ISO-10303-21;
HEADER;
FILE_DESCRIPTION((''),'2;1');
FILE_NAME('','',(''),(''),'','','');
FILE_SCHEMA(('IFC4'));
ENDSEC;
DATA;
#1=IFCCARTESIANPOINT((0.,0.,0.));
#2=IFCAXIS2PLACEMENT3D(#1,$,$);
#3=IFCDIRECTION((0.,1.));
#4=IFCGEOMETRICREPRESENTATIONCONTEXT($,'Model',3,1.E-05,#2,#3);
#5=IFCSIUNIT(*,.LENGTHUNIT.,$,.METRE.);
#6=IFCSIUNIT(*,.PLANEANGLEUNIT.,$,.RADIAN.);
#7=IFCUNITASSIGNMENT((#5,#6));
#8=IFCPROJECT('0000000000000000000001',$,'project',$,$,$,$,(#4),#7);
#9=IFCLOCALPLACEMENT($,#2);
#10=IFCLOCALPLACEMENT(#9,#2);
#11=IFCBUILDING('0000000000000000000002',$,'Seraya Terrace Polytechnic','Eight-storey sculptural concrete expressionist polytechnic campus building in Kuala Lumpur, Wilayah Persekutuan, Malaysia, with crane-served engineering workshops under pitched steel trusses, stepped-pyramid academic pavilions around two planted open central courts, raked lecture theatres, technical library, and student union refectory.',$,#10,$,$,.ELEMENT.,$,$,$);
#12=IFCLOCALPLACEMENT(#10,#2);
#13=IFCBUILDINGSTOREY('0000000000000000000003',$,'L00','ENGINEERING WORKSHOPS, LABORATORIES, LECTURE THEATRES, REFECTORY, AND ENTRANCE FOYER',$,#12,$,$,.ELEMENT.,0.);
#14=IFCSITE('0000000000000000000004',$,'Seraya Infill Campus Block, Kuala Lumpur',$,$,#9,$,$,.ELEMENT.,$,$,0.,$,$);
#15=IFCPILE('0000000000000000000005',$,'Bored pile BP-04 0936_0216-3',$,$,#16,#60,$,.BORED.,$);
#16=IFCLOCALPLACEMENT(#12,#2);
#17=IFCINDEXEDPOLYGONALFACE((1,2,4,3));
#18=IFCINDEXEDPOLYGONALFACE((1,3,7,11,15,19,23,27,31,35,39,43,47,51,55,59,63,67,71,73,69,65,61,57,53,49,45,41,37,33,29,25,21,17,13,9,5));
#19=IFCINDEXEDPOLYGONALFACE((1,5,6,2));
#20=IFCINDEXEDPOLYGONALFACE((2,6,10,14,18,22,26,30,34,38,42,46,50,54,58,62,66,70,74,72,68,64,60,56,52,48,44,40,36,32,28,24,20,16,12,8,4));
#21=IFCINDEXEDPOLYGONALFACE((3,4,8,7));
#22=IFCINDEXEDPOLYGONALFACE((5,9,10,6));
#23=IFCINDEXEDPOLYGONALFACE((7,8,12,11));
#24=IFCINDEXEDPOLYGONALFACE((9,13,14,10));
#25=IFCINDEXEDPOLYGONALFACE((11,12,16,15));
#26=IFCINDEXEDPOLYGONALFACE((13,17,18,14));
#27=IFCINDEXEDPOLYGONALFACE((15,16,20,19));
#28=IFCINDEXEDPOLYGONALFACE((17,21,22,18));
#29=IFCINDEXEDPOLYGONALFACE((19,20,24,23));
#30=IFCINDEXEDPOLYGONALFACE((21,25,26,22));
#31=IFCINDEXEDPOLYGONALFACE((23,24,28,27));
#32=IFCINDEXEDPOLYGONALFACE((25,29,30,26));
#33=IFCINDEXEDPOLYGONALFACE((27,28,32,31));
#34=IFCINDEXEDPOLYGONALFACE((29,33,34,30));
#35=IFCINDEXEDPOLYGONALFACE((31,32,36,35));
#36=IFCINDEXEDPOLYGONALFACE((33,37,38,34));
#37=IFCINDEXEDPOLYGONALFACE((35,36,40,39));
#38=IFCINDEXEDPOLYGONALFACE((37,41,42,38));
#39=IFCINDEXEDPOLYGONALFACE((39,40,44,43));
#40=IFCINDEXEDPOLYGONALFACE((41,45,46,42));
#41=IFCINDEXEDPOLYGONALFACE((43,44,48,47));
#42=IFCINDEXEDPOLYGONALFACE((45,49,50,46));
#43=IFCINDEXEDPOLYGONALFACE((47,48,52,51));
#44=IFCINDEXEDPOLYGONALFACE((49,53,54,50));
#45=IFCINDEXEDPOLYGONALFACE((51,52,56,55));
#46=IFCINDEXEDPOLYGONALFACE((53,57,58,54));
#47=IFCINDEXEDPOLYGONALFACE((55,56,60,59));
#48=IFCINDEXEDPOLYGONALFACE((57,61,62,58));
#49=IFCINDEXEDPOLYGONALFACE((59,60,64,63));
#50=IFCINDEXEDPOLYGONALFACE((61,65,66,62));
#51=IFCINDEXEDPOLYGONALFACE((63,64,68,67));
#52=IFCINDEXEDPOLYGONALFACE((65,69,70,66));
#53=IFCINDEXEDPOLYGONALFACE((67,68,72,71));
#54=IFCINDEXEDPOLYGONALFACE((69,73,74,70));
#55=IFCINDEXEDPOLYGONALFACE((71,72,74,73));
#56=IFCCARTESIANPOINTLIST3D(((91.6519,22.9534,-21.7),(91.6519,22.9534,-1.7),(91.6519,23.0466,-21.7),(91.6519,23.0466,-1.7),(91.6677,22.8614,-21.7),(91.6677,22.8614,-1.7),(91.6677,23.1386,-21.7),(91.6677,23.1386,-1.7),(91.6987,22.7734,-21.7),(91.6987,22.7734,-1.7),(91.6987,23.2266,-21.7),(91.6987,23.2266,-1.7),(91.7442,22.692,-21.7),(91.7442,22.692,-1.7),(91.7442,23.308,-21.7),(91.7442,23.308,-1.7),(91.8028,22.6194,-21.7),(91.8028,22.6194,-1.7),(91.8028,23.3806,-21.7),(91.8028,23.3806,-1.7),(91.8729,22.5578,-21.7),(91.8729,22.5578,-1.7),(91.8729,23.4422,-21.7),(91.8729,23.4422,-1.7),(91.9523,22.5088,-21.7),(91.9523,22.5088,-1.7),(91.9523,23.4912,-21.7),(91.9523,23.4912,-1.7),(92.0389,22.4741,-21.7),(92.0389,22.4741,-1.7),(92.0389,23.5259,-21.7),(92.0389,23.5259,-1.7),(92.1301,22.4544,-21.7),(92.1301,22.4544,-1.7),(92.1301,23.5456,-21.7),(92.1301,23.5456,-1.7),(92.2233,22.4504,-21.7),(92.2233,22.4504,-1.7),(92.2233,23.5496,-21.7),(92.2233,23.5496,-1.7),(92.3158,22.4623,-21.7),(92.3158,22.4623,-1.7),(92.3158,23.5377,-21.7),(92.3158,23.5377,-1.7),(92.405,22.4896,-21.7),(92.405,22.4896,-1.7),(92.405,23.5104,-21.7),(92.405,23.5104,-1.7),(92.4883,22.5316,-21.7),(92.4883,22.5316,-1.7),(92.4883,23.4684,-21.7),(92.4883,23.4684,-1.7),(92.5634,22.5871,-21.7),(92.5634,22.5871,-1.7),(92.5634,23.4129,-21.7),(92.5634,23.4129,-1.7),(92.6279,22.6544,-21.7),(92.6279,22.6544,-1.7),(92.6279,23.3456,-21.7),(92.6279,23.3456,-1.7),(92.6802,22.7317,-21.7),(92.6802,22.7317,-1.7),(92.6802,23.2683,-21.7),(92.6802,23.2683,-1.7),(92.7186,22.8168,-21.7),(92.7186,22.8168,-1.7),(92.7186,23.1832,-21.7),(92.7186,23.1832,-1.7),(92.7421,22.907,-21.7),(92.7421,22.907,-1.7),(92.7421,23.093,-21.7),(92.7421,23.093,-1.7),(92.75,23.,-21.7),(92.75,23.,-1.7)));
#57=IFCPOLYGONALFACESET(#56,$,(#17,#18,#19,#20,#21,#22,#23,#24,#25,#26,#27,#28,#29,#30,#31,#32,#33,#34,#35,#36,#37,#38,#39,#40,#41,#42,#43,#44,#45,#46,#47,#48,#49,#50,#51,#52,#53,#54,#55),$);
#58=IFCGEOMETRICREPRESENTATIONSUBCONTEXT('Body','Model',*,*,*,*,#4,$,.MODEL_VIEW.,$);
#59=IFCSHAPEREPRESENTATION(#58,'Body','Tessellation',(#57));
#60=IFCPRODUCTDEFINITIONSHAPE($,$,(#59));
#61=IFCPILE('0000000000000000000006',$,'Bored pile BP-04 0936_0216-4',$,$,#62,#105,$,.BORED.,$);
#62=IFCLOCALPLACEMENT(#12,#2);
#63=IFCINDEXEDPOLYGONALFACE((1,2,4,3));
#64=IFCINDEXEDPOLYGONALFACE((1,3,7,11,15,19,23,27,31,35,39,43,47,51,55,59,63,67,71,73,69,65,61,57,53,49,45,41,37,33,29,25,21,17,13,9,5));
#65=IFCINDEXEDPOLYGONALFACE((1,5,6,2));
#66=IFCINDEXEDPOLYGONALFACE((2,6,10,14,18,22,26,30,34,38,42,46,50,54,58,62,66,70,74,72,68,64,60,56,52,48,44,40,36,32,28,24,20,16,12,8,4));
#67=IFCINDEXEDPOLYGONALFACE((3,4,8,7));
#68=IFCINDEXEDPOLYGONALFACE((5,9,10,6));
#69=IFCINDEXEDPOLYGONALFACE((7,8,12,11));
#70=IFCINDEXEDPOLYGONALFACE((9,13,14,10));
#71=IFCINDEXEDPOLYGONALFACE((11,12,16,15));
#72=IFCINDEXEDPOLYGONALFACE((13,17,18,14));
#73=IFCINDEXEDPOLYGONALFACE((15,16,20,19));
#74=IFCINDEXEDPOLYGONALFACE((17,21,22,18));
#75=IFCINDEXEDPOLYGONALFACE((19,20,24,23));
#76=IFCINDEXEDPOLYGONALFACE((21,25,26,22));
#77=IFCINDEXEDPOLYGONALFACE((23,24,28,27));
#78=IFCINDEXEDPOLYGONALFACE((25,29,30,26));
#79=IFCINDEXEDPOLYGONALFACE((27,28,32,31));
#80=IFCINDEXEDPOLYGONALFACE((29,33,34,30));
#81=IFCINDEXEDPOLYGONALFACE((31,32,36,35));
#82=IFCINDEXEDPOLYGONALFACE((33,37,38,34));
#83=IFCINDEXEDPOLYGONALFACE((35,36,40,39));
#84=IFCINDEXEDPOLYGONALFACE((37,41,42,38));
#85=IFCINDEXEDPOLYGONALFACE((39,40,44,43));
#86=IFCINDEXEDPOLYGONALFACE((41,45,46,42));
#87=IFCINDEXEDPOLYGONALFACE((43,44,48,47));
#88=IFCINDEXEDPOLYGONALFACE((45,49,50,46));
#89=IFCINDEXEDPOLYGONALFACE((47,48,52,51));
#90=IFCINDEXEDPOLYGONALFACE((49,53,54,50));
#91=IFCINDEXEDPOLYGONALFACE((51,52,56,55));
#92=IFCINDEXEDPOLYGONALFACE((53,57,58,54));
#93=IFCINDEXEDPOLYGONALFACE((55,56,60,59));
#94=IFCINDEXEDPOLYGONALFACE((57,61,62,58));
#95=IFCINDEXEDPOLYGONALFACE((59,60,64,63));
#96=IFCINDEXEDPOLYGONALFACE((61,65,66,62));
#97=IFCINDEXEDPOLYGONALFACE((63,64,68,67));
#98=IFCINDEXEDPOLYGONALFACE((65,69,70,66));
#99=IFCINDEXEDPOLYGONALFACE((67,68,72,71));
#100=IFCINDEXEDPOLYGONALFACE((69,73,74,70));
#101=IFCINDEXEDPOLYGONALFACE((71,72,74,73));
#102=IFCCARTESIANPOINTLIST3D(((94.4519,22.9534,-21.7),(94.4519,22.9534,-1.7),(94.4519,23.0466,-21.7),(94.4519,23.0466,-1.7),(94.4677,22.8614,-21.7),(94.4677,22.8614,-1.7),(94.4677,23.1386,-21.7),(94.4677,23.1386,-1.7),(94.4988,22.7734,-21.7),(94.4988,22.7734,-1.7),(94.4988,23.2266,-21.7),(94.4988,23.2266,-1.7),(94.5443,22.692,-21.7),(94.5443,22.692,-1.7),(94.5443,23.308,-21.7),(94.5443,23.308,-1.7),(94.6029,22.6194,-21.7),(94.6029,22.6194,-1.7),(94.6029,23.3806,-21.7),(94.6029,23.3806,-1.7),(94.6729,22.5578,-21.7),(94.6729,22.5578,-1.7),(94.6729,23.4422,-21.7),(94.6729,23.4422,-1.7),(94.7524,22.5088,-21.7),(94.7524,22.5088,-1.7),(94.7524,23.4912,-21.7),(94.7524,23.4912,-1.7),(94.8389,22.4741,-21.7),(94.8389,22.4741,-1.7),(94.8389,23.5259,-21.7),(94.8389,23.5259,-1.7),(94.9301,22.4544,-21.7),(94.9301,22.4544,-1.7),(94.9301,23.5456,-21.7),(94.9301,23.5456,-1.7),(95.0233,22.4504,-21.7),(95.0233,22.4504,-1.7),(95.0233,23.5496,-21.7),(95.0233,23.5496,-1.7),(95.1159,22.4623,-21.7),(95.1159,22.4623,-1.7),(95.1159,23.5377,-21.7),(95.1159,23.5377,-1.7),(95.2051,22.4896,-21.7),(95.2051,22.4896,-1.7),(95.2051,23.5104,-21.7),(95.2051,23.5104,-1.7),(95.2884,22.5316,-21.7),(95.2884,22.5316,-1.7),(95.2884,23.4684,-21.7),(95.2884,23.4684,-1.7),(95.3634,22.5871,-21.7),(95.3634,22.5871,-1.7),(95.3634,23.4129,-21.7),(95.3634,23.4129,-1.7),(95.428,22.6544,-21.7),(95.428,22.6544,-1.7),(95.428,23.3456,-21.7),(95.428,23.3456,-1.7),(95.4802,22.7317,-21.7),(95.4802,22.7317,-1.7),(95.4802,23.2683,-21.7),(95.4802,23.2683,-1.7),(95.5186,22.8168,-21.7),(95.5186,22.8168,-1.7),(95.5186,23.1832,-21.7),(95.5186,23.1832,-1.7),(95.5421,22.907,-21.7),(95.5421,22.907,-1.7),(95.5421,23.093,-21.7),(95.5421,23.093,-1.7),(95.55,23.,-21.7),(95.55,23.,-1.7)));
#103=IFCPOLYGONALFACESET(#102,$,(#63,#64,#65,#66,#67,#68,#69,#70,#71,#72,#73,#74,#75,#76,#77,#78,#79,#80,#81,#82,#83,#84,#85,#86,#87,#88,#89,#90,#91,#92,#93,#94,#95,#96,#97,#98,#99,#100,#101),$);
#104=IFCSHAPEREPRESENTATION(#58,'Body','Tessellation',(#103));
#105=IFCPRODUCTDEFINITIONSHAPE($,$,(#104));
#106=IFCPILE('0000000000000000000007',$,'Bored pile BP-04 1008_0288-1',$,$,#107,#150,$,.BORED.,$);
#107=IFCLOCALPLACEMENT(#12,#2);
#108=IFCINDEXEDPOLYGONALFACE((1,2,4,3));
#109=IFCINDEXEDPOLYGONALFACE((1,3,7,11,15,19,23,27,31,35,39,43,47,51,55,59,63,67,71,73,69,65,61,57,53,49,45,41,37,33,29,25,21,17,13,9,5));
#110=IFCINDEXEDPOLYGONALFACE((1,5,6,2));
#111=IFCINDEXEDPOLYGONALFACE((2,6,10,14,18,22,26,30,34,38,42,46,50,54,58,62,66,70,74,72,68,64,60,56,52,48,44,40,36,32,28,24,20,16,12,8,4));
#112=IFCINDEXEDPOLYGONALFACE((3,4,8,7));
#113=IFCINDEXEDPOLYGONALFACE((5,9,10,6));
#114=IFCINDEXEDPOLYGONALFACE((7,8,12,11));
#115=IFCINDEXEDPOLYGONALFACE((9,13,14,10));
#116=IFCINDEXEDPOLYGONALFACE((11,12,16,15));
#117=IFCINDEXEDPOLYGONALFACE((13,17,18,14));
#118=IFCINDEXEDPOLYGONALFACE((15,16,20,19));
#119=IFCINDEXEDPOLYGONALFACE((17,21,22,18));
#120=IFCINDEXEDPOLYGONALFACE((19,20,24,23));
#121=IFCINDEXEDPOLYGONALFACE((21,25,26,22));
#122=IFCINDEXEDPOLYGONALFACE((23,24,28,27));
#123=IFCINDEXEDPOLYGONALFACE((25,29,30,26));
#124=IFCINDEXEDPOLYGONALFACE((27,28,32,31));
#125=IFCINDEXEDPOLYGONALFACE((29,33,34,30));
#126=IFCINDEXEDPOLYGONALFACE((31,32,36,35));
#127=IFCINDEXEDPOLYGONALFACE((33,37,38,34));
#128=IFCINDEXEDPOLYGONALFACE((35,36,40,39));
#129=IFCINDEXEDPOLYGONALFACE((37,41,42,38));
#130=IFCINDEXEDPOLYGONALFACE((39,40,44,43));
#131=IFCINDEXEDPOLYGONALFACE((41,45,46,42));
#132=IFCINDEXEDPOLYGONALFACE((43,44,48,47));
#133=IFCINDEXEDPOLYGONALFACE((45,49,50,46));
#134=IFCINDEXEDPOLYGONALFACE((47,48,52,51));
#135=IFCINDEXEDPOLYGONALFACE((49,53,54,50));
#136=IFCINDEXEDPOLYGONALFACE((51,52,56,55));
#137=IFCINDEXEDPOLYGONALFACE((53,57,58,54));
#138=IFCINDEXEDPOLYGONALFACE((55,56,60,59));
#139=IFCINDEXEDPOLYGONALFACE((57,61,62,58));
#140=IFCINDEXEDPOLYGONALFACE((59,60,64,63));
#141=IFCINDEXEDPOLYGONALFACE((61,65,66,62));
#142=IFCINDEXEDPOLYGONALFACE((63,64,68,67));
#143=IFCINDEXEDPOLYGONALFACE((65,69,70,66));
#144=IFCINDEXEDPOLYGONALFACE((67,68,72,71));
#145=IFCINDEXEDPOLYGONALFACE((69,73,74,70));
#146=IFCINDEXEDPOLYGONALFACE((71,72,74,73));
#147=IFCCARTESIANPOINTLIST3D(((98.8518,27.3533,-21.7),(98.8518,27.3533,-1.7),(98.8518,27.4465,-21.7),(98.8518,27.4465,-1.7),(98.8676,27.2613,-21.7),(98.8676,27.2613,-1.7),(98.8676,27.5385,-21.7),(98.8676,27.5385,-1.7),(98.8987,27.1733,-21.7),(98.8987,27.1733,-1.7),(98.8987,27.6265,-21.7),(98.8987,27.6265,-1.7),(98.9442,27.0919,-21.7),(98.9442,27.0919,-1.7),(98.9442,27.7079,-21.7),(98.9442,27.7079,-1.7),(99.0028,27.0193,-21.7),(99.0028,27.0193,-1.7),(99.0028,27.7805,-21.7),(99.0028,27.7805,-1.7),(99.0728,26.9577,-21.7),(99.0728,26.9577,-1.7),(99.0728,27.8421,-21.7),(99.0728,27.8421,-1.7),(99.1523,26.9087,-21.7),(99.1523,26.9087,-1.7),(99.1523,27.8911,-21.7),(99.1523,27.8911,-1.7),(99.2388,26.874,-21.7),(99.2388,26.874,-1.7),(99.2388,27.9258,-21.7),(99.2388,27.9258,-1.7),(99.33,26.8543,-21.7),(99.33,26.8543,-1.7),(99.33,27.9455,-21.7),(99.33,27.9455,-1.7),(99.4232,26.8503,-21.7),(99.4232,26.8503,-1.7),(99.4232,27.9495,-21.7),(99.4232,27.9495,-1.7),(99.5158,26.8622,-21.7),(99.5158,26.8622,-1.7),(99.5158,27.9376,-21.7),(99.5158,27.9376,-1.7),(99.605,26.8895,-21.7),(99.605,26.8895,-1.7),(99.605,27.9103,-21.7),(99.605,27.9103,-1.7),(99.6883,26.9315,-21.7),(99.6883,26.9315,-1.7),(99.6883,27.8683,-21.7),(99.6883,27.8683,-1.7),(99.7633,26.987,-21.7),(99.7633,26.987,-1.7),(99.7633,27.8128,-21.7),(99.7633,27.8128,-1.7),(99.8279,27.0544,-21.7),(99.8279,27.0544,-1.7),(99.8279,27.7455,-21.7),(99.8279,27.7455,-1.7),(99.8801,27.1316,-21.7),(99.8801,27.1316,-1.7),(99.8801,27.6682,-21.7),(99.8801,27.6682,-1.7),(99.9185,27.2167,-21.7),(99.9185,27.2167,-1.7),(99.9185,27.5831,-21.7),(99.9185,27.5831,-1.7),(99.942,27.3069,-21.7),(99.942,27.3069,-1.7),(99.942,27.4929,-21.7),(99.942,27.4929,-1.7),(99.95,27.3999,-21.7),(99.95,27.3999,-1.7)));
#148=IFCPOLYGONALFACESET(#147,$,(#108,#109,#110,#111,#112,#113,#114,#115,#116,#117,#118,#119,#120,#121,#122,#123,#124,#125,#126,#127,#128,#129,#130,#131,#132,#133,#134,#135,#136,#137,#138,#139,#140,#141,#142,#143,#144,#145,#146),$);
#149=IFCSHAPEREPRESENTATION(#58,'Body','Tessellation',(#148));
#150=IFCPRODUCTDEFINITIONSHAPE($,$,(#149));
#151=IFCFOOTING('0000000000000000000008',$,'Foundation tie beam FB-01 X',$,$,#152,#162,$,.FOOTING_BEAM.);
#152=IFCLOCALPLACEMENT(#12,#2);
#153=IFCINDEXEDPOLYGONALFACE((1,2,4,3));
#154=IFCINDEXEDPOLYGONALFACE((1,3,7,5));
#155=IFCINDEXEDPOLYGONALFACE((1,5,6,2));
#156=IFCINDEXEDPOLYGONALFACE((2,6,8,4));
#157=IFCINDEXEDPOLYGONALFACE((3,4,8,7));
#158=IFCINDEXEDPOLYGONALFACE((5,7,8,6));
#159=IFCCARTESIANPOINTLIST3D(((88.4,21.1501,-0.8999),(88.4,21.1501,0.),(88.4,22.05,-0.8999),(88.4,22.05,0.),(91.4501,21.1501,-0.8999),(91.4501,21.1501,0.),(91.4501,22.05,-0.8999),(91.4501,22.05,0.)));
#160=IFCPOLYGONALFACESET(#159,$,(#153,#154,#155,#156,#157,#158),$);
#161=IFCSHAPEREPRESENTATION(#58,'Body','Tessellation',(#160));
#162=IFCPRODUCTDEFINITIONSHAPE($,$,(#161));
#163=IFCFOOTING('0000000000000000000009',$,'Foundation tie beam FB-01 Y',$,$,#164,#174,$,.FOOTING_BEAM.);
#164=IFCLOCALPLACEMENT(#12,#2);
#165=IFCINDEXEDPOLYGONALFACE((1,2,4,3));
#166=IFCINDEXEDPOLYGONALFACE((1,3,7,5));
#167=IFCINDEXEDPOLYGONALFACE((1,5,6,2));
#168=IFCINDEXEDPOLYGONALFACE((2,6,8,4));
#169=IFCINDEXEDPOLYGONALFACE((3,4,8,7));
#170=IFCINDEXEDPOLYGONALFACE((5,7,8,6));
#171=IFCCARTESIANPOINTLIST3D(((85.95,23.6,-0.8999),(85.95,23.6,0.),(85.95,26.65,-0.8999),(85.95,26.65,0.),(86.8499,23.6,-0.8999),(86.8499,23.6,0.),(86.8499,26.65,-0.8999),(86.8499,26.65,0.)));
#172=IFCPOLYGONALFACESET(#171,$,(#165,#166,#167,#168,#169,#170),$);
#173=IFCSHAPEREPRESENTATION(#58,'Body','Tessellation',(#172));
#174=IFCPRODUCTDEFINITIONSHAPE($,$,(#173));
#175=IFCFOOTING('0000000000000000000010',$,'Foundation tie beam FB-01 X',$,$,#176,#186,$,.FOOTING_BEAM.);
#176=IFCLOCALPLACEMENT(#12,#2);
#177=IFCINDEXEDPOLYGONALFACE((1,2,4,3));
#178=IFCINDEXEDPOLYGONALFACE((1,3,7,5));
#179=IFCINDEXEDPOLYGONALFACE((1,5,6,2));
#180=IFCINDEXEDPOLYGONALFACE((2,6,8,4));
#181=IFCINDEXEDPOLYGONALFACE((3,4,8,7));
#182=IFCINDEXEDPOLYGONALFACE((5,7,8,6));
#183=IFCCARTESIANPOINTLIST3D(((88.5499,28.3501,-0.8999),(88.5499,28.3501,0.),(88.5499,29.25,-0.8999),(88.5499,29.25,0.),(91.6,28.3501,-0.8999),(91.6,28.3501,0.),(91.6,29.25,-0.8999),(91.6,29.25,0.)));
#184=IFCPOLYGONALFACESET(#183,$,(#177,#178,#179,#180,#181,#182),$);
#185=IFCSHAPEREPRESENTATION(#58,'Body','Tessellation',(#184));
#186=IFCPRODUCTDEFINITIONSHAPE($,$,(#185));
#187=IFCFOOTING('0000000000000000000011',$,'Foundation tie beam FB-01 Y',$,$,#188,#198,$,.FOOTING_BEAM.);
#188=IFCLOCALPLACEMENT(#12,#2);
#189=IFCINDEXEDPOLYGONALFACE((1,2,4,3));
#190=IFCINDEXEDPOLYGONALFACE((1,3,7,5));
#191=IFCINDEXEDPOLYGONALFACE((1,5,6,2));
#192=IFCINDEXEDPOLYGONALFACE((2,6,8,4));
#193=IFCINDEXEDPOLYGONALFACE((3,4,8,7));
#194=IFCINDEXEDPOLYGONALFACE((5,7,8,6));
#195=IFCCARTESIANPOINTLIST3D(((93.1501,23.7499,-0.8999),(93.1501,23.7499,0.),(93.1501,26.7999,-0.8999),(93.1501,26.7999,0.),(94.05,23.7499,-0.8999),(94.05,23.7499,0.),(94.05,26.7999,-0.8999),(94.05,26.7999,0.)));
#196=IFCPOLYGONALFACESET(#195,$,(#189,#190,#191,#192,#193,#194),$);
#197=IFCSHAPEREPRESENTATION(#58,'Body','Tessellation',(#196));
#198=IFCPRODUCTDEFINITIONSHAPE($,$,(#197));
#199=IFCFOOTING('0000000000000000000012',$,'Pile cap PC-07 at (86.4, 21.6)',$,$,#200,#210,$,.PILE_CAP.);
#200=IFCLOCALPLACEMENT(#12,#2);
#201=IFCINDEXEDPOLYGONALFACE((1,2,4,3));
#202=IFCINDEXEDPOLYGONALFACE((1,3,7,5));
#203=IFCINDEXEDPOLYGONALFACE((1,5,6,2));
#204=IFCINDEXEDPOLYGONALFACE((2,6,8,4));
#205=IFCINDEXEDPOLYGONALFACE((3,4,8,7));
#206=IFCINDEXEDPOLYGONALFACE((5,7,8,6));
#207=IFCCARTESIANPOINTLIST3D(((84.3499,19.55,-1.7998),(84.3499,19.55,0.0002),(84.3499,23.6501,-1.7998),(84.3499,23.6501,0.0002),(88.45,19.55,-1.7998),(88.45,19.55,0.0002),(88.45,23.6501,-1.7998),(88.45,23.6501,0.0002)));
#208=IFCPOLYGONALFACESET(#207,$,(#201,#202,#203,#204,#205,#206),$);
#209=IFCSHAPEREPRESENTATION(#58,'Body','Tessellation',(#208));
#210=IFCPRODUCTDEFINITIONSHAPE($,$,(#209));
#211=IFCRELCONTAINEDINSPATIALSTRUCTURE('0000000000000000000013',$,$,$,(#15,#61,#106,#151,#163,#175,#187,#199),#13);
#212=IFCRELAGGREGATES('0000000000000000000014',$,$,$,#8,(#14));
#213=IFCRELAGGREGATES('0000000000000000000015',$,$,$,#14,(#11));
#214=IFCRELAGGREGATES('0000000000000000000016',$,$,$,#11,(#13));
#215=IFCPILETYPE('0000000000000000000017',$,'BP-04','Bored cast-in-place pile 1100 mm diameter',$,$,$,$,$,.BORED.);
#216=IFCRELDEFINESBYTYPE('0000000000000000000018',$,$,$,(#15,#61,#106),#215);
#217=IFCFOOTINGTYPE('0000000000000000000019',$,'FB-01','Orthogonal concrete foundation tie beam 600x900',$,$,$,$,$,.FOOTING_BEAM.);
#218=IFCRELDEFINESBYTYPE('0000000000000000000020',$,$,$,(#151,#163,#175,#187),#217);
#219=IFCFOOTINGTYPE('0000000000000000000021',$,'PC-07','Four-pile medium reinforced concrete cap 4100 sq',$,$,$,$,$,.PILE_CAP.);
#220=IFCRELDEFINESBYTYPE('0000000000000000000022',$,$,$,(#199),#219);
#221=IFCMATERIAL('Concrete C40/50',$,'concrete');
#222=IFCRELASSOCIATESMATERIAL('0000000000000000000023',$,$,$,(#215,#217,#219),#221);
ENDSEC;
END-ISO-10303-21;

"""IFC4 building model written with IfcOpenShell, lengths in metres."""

from ifc_helpers import new_model, si_unit, direction, frame, origin, origin_2d, place, context, subcontext, project, spatial, rectangle, circle, extrude, material, material_profile, profile_set, type_object, element, save


model = new_model("IFC4")

# Units and contexts
model_context = context("Model", 3, precision=1e-05, world=origin(), true_north=direction((0.0, 1.0)))
body_context = subcontext(model_context, "Body", "Model", "MODEL_VIEW")
ifc_project = project(units=[si_unit("LENGTHUNIT", "METRE"), si_unit("PLANEANGLEUNIT", "RADIAN")], contexts=[model_context])

# Site, building, storey
site_placement = place(None, origin())
site = spatial("IfcSite", under=ifc_project, at=site_placement, Name="Seraya Infill Campus Block, Kuala Lumpur", CompositionType="ELEMENT", RefElevation=0.0)
building_placement = place(site_placement, origin())
building = spatial("IfcBuilding", under=site, at=building_placement, Name="Seraya Terrace Polytechnic", Description="Eight-storey sculptural concrete expressionist polytechnic campus building in Kuala Lumpur, Wilayah Persekutuan, Malaysia, with crane-served engineering workshops under pitched steel trusses, stepped-pyramid academic pavilions around two planted open central courts, raked lecture theatres, technical library, and student union refectory.", CompositionType="ELEMENT")
storey_placement = place(building_placement, origin())
storey = spatial("IfcBuildingStorey", under=building, at=storey_placement, Name="L00", Description="ENGINEERING WORKSHOPS, LABORATORIES, LECTURE THEATRES, REFECTORY, AND ENTRANCE FOYER", CompositionType="ELEMENT", Elevation=0.0)

# Piles
ifc_material_1 = material(Name="Concrete C40/50", Category="concrete")
ifc_material_profile_1 = material_profile(ifc_material_1, circle(Radius=0.55, at=origin_2d()), Name="DIA 1100")
ifc_profile_set_1 = profile_set([ifc_material_profile_1], Name="Concrete C40/50")
pile_type_1 = type_object("IfcPileType", Name="BP-04", Description="Bored cast-in-place pile 1100 mm diameter", PredefinedType="BORED", material=ifc_profile_set_1)
for number, where, z_axis, x_axis, name in (
    (1, (92.2, 23.0, -1.7), (0.0, 0.0, -1.0), (1.0, 0.0, 0.0), "Bored pile BP-04 0936_0216-3"),
    (2, (95.0, 23.0, -1.7), (0.0, 0.0, -1.0), (1.0, 0.0, 0.0), "Bored pile BP-04 0936_0216-4"),
    (3, (99.3999, 27.3999, -1.7), (0.0, 0.0, -1.0), (1.0, 0.0, 0.0), "Bored pile BP-04 1008_0288-1"),
):
    element("IfcPile", number, at=place(storey_placement, frame(where, z_axis=z_axis, x_axis=x_axis)), inside=storey, type_object=pile_type_1, Name=name, PredefinedType="BORED", context=body_context, shape_type="SweptSolid", body=[
        extrude(circle(Radius=0.55, at=origin_2d()), origin(), (0.0, 0.0, 1.0), 20.0),
    ])

# Footings
footing_type_1 = type_object("IfcFootingType", Name="FB-01", Description="Orthogonal concrete foundation tie beam 600x900", PredefinedType="FOOTING_BEAM", material=ifc_material_1)
for number, where, z_axis, x_axis, name in (
    (4, (89.925, 21.6001, -0.8999), (0.0, 0.0, 1.0), (1.0, 0.0, 0.0), "Foundation tie beam FB-01 X"),
    (5, (86.3999, 25.125, -0.8999), (0.0, 0.0, 1.0), (0.0, 1.0, 0.0), "Foundation tie beam FB-01 Y"),
    (6, (90.075, 28.8, -0.8999), (0.0, 0.0, 1.0), (1.0, 0.0, 0.0), "Foundation tie beam FB-01 X"),
    (7, (93.6001, 25.2749, -0.8999), (0.0, 0.0, 1.0), (0.0, 1.0, 0.0), "Foundation tie beam FB-01 Y"),
):
    element("IfcFooting", number, at=place(storey_placement, frame(where, z_axis=z_axis, x_axis=x_axis)), inside=storey, type_object=footing_type_1, Name=name, PredefinedType="FOOTING_BEAM", context=body_context, shape_type="SweptSolid", body=[
        extrude(rectangle(XDim=3.05, YDim=0.8999, at=origin_2d()), origin(), (0.0, 0.0, 1.0), 0.8999),
    ])
footing_type_2 = type_object("IfcFootingType", Name="PC-07", Description="Four-pile medium reinforced concrete cap 4100 sq", PredefinedType="PILE_CAP", material=ifc_material_1)
for number, where, z_axis, x_axis, name in (
    (8, (86.3999, 21.6001, -1.7998), (0.0, 0.0, 1.0), (1.0, 0.0, 0.0), "Pile cap PC-07 at (86.4, 21.6)"),
):
    element("IfcFooting", number, at=place(storey_placement, frame(where, z_axis=z_axis, x_axis=x_axis)), inside=storey, type_object=footing_type_2, Name=name, PredefinedType="PILE_CAP", context=body_context, shape_type="SweptSolid", body=[
        extrude(rectangle(XDim=4.1001, YDim=4.1001, at=origin_2d()), origin(), (0.0, 0.0, 1.0), 1.8),
    ])

save(model, "model.ifc")
